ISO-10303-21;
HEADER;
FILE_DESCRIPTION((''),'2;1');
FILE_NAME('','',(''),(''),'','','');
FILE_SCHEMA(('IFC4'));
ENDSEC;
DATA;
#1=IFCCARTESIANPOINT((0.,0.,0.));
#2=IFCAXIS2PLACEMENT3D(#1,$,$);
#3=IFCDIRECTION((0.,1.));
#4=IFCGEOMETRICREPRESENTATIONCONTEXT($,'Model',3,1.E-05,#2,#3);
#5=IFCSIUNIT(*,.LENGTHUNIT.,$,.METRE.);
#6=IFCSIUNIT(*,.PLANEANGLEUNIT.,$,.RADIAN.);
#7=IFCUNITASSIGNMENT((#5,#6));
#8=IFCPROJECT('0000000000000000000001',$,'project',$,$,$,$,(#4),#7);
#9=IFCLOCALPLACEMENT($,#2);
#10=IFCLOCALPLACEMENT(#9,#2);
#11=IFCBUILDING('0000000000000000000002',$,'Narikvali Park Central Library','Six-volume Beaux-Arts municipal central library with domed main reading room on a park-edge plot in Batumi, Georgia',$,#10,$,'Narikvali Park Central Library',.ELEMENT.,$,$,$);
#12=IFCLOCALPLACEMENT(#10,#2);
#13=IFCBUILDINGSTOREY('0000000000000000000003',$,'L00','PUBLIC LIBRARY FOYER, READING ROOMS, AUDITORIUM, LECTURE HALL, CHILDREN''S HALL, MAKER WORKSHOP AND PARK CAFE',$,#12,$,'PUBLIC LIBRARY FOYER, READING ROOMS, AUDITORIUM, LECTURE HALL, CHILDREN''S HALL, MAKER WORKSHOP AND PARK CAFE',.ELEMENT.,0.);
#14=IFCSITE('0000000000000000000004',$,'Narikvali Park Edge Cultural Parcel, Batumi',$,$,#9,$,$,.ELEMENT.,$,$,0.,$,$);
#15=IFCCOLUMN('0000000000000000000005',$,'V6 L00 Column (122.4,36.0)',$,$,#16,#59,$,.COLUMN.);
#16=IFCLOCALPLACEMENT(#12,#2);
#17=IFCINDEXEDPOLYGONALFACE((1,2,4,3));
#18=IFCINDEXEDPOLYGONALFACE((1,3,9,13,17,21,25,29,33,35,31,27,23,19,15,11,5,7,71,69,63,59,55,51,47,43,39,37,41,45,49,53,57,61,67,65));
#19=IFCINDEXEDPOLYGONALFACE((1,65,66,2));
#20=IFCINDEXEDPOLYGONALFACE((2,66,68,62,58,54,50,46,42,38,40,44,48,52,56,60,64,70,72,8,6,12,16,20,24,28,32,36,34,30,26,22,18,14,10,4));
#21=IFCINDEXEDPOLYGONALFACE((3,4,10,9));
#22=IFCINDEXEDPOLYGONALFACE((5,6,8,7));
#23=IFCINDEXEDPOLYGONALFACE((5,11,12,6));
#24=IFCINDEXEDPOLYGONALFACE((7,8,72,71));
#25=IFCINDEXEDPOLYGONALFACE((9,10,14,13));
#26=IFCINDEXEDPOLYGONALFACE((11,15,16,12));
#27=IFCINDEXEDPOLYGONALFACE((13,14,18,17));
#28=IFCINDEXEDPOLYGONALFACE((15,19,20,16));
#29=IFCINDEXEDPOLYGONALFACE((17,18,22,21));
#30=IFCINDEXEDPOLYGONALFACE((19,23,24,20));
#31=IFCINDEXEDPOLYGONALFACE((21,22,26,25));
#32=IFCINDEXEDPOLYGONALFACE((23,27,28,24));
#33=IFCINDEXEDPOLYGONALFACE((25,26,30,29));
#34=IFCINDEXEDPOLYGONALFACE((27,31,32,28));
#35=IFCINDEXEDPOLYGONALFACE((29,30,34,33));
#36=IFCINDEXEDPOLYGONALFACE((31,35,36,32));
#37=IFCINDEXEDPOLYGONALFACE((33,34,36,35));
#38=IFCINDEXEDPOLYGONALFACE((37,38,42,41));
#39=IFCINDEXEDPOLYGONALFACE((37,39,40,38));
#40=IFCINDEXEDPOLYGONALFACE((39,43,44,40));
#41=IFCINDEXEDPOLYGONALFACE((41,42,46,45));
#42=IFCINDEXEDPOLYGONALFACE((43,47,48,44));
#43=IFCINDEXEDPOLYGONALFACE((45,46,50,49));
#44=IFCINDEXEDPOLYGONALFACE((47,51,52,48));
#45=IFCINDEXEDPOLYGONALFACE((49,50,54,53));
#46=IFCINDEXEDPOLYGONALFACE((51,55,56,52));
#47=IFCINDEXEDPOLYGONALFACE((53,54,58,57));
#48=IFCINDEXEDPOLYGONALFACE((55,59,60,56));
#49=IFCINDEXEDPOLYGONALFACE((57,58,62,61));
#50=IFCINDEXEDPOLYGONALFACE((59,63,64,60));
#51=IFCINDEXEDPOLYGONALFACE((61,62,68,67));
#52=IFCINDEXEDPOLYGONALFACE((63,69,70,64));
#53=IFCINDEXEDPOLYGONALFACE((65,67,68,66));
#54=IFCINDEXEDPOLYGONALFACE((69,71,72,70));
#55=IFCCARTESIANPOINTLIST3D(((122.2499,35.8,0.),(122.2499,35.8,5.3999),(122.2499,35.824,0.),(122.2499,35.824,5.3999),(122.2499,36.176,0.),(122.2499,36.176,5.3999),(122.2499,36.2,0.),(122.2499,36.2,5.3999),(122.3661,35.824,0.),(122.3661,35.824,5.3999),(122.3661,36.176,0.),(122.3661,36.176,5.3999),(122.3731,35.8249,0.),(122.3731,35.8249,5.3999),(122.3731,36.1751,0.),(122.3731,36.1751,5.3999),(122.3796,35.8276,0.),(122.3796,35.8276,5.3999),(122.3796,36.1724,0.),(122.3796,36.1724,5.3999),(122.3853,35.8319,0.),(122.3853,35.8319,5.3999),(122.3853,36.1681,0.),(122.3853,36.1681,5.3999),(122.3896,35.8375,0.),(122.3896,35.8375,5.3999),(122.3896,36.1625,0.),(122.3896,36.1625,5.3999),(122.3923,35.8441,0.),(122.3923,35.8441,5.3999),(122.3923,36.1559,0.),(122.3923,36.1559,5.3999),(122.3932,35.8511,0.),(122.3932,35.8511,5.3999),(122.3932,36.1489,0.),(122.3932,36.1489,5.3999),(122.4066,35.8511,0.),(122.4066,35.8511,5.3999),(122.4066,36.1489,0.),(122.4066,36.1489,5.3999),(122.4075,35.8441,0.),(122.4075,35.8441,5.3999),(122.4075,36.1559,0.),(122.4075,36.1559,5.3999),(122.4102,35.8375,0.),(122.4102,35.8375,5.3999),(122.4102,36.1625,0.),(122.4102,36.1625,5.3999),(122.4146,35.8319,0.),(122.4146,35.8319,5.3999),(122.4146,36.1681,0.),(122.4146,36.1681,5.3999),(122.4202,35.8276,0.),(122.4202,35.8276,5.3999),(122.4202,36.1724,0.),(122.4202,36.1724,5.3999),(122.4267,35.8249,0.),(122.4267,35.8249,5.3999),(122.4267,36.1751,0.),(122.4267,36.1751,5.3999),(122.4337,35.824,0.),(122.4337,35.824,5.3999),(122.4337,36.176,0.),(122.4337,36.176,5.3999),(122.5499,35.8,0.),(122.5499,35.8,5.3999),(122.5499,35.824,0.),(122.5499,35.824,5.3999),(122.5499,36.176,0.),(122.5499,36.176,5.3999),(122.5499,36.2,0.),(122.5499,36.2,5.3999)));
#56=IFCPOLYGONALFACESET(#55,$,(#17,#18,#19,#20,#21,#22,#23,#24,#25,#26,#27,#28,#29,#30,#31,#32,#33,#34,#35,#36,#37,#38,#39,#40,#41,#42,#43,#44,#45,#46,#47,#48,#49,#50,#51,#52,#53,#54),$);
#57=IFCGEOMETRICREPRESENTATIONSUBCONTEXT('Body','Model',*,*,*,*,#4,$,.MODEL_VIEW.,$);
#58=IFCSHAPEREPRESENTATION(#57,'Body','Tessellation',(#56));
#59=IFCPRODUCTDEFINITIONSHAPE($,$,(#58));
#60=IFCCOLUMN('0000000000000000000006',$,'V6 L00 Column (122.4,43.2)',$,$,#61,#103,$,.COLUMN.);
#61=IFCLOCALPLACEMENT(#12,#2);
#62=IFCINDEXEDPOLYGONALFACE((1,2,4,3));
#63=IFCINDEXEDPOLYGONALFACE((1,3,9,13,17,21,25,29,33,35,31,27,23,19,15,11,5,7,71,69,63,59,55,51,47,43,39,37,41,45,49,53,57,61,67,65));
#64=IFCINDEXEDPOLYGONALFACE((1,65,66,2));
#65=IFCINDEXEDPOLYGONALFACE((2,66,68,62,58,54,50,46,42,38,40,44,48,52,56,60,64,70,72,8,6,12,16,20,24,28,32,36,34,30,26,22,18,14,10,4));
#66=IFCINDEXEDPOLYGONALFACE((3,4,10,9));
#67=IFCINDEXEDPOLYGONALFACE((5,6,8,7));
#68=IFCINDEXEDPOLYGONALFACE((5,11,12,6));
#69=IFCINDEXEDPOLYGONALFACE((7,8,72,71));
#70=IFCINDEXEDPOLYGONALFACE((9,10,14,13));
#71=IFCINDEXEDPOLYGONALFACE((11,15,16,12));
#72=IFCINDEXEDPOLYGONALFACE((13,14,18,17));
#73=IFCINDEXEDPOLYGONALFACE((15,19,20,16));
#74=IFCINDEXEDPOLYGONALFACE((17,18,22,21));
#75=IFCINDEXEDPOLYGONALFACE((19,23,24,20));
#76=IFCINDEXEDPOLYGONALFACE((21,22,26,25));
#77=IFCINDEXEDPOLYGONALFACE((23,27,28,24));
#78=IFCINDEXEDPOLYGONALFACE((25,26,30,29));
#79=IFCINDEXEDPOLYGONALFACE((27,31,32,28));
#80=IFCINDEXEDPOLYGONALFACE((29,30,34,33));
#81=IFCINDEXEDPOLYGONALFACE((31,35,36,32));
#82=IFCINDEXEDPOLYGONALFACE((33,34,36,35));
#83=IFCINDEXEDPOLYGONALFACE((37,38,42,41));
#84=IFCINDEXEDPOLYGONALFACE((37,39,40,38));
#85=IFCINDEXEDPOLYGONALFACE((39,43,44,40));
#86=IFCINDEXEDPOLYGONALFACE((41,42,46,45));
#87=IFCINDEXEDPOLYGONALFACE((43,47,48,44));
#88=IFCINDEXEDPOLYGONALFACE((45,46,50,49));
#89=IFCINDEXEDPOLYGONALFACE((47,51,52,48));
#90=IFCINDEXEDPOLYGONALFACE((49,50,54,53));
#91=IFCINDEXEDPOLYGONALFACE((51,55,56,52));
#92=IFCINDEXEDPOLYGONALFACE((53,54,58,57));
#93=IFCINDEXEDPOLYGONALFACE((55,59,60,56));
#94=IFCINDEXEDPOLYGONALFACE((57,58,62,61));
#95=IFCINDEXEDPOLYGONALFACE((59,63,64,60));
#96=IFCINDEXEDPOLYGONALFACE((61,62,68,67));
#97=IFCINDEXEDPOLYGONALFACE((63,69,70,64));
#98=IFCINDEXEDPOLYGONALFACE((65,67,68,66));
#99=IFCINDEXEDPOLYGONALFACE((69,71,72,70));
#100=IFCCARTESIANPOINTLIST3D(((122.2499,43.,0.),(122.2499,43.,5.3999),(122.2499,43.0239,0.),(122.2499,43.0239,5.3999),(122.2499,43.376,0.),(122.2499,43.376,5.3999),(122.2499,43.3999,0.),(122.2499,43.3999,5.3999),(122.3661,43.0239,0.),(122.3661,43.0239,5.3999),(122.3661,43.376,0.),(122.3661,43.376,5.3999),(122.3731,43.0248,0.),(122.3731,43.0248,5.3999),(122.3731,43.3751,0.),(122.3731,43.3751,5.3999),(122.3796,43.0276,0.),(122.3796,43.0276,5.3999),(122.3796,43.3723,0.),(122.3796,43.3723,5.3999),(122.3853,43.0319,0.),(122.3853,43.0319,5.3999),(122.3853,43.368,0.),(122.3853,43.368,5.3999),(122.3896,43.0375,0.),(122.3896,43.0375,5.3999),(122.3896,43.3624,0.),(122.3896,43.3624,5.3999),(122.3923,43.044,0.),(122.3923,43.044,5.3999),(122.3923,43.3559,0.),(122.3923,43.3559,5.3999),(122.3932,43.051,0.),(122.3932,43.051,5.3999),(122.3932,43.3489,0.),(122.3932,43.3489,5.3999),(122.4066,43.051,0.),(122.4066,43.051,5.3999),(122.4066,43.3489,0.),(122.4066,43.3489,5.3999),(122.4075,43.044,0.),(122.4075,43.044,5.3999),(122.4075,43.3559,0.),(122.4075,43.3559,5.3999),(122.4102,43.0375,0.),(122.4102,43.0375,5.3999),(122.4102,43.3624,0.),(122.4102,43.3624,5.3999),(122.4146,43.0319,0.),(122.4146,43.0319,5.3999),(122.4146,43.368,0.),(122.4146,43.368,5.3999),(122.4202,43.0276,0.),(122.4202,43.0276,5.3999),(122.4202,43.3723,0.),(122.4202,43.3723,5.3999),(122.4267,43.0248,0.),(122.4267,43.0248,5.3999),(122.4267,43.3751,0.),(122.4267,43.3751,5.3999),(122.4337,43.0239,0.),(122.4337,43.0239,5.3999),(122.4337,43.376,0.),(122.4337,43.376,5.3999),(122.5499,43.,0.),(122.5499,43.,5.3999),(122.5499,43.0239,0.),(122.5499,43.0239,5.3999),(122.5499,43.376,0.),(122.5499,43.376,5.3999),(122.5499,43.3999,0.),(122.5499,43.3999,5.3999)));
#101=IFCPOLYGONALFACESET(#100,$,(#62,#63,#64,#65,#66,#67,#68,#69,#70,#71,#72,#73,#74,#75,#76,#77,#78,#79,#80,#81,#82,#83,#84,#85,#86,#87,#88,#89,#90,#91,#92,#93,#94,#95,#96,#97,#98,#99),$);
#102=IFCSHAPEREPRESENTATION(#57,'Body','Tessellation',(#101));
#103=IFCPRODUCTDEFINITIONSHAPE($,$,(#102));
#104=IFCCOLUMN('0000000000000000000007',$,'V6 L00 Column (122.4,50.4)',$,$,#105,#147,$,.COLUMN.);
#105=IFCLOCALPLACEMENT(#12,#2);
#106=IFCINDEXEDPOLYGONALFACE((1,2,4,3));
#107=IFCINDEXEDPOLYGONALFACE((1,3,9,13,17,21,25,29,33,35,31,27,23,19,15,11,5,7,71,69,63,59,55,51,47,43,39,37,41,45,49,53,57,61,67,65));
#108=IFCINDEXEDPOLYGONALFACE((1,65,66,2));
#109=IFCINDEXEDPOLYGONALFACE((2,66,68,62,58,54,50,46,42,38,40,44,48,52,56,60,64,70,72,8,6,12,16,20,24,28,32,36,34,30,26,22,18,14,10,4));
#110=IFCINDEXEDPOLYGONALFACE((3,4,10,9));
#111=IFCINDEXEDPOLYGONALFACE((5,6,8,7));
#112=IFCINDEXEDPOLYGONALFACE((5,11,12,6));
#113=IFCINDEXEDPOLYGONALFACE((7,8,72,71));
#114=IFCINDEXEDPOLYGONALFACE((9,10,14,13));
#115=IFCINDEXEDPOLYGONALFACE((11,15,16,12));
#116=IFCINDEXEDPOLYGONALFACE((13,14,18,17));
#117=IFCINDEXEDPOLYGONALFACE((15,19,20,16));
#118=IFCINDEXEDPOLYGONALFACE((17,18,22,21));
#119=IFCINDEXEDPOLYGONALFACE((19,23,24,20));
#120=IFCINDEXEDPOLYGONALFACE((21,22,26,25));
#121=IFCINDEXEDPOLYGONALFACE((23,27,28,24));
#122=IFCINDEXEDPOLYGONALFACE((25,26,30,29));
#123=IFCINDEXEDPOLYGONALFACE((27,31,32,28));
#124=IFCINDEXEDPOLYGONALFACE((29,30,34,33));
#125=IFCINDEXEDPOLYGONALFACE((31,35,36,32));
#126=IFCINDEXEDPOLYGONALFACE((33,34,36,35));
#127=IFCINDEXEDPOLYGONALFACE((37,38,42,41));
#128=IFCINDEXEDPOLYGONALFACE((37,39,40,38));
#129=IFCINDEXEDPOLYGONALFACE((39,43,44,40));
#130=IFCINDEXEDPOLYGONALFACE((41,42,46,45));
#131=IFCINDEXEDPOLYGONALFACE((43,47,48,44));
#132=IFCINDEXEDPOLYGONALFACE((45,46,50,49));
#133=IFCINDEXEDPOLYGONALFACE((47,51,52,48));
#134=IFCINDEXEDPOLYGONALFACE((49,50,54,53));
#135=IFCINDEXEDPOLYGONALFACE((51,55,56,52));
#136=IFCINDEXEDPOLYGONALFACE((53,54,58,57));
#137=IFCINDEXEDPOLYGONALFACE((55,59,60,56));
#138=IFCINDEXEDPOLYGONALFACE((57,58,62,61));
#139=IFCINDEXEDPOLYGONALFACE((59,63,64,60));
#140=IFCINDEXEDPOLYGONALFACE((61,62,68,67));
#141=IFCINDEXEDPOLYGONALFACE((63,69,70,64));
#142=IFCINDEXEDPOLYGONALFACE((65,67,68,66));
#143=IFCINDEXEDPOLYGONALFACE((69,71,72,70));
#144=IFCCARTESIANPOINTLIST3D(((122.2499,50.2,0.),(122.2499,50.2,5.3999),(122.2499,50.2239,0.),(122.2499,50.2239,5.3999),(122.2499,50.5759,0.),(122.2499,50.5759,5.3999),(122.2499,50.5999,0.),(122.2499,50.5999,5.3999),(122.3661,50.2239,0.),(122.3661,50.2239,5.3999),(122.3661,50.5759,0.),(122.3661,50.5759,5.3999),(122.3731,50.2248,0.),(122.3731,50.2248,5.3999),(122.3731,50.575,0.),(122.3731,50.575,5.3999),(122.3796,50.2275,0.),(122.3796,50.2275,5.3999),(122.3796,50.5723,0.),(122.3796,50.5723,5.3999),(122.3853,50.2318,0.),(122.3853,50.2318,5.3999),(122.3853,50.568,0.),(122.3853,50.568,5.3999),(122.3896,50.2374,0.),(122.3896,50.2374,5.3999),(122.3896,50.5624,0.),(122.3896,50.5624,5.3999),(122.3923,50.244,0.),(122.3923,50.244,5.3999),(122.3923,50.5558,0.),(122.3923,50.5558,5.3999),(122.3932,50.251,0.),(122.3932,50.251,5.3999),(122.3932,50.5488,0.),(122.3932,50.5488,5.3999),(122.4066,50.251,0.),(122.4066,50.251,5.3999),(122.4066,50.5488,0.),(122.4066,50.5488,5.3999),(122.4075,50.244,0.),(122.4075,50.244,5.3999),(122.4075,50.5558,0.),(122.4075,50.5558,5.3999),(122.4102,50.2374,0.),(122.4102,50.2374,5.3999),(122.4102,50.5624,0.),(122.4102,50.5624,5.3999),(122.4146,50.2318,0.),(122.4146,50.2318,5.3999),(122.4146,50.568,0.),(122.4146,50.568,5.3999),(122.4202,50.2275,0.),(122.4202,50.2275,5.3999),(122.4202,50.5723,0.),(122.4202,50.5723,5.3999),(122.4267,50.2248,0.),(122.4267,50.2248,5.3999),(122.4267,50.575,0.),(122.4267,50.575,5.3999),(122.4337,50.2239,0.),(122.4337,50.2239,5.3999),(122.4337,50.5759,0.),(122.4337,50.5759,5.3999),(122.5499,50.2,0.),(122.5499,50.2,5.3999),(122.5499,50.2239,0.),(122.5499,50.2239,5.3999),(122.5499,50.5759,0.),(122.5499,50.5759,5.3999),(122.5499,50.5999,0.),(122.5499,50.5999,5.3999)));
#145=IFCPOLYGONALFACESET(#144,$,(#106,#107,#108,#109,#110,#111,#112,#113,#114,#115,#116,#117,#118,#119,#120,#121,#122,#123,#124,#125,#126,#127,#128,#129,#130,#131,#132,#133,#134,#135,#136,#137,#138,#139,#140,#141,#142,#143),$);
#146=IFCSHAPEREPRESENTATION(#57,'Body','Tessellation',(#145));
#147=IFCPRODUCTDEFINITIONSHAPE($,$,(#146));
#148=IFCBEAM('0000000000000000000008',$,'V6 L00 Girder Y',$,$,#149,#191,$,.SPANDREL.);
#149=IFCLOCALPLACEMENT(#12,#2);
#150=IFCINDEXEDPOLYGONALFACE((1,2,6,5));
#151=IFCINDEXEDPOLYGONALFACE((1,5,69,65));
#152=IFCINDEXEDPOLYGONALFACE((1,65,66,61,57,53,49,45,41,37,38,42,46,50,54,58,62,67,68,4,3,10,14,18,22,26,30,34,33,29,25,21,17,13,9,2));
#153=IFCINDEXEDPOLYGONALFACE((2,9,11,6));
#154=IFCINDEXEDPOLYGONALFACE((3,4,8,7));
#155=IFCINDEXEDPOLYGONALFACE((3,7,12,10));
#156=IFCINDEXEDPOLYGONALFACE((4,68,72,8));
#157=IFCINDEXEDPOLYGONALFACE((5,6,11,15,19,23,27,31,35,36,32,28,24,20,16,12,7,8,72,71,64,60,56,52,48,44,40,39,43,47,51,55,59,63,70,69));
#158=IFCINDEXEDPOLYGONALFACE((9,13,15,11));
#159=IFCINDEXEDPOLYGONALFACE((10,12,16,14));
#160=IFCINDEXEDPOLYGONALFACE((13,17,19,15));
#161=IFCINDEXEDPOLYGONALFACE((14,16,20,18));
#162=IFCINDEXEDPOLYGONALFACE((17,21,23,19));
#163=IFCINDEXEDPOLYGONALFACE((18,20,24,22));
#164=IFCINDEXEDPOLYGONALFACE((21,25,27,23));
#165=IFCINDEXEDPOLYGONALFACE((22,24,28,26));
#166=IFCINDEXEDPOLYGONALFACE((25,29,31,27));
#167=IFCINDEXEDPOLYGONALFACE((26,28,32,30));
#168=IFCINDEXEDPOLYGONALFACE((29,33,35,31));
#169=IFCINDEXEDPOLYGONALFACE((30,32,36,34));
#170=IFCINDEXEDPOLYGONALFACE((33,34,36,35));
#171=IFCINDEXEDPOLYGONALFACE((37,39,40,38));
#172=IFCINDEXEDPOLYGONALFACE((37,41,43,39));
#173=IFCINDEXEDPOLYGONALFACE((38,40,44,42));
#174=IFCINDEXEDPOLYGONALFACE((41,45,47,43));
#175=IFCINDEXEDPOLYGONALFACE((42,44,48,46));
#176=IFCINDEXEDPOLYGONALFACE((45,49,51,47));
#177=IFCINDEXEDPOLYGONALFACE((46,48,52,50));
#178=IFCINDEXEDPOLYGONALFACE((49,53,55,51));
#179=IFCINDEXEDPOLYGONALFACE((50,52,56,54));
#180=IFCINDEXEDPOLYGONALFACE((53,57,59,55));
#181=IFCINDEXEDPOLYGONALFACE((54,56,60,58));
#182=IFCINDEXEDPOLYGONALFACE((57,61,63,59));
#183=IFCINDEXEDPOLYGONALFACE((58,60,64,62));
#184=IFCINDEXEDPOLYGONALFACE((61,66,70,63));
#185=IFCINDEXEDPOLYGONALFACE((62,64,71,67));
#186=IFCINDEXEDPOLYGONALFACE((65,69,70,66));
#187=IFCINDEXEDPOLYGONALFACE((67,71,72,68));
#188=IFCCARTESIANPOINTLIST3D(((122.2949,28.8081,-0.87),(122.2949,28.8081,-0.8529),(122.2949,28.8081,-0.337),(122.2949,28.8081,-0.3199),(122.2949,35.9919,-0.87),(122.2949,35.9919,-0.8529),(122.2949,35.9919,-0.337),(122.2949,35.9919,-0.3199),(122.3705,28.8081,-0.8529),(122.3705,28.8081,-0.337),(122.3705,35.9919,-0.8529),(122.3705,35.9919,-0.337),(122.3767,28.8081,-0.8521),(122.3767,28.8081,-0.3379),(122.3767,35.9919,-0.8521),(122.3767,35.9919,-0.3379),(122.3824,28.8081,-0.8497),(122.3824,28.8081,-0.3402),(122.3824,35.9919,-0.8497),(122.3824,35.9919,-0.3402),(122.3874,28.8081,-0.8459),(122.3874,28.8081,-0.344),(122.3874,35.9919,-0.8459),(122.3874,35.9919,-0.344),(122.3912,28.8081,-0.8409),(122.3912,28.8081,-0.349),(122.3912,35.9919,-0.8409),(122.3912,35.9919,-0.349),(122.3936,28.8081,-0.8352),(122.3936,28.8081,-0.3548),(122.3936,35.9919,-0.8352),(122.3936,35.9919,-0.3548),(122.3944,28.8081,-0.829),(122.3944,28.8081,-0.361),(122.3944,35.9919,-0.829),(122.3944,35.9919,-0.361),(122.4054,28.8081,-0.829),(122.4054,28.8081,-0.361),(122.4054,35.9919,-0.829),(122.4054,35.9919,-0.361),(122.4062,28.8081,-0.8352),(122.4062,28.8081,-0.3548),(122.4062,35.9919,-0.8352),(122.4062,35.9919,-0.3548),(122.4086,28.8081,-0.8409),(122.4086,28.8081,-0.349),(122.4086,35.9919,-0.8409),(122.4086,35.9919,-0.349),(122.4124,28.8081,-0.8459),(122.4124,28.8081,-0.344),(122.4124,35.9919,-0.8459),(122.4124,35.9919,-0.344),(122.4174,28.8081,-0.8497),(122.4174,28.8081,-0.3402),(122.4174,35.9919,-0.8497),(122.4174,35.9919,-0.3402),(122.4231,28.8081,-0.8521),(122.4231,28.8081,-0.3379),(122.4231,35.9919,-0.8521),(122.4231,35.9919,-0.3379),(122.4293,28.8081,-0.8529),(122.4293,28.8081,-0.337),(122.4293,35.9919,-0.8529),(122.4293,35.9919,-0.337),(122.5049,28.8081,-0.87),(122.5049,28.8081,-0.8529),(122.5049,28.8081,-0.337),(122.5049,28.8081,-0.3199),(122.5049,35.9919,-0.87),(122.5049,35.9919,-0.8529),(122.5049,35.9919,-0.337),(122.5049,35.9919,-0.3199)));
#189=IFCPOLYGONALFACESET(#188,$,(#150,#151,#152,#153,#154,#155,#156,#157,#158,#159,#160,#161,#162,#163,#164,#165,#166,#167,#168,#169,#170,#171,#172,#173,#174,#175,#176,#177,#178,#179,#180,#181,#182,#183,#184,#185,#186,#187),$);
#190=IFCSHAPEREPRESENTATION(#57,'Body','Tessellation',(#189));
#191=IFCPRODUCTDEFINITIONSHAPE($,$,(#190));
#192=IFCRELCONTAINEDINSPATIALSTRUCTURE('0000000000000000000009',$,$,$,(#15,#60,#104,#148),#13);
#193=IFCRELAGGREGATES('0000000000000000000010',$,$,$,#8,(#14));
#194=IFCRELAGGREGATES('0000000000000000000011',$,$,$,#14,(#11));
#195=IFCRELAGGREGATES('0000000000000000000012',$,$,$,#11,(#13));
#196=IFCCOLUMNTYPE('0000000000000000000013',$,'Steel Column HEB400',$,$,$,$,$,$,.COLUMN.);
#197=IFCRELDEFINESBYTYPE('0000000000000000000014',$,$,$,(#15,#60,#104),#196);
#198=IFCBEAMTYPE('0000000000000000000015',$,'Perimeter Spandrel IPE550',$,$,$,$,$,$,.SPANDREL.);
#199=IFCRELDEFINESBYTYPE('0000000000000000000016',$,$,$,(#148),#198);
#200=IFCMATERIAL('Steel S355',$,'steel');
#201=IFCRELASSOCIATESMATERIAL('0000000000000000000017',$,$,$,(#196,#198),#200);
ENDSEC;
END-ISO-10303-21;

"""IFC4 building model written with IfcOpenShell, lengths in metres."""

from ifc_helpers import new_model, si_unit, direction, frame, origin, origin_2d, place, context, subcontext, project, spatial, i_section, extrude, material, material_profile, profile_set, type_object, element, save


model = new_model("IFC4")

# Units and contexts
model_context = context("Model", 3, precision=1e-05, world=origin(), true_north=direction((0.0, 1.0)))
body_context = subcontext(model_context, "Body", "Model", "MODEL_VIEW")
ifc_project = project(units=[si_unit("LENGTHUNIT", "METRE"), si_unit("PLANEANGLEUNIT", "RADIAN")], contexts=[model_context])

# Site, building, storey
site_placement = place(None, origin())
site = spatial("IfcSite", under=ifc_project, at=site_placement, Name="Narikvali Park Edge Cultural Parcel, Batumi", CompositionType="ELEMENT", RefElevation=0.0)
building_placement = place(site_placement, origin())
building = spatial("IfcBuilding", under=site, at=building_placement, Name="Narikvali Park Central Library", Description="Six-volume Beaux-Arts municipal central library with domed main reading room on a park-edge plot in Batumi, Georgia", LongName="Narikvali Park Central Library", CompositionType="ELEMENT")
storey_placement = place(building_placement, origin())
storey = spatial("IfcBuildingStorey", under=building, at=storey_placement, Name="L00", Description="PUBLIC LIBRARY FOYER, READING ROOMS, AUDITORIUM, LECTURE HALL, CHILDREN'S HALL, MAKER WORKSHOP AND PARK CAFE", LongName="PUBLIC LIBRARY FOYER, READING ROOMS, AUDITORIUM, LECTURE HALL, CHILDREN'S HALL, MAKER WORKSHOP AND PARK CAFE", CompositionType="ELEMENT", Elevation=0.0)

# Columns
ifc_material_1 = material(Name="Steel S355", Category="steel")
ifc_material_profile_1 = material_profile(ifc_material_1, i_section(OverallWidth=0.3, OverallDepth=0.3999, WebThickness=0.0134, FlangeThickness=0.0239, FilletRadius=0.0271, at=origin_2d()), Name="HEB 400")
ifc_profile_set_1 = profile_set([ifc_material_profile_1], Name="Steel S355")
column_type = type_object("IfcColumnType", Name="Steel Column HEB400", PredefinedType="COLUMN", material=ifc_profile_set_1)
for number, where, z_axis, x_axis, name in (
    (1, (122.3999, 36.0, 0.0), (0.0, 0.0, 1.0), (1.0, 0.0, 0.0), "V6 L00 Column (122.4,36.0)"),
    (2, (122.3999, 43.2, 0.0), (0.0, 0.0, 1.0), (1.0, 0.0, 0.0), "V6 L00 Column (122.4,43.2)"),
    (3, (122.3999, 50.3999, 0.0), (0.0, 0.0, 1.0), (1.0, 0.0, 0.0), "V6 L00 Column (122.4,50.4)"),
):
    element("IfcColumn", number, at=place(storey_placement, frame(where, z_axis=z_axis, x_axis=x_axis)), inside=storey, type_object=column_type, Name=name, PredefinedType="COLUMN", context=body_context, shape_type="SweptSolid", body=[
        extrude(i_section(OverallWidth=0.3, OverallDepth=0.3999, WebThickness=0.0134, FlangeThickness=0.0239, FilletRadius=0.0271, at=origin_2d()), origin(), (0.0, 0.0, 1.0), 5.3999),
    ])

# Beam
ifc_material_profile_2 = material_profile(ifc_material_1, i_section(OverallWidth=0.21, OverallDepth=0.55, WebThickness=0.011, FlangeThickness=0.0171, FilletRadius=0.0239, at=origin_2d()), Name="IPE 550")
ifc_profile_set_2 = profile_set([ifc_material_profile_2], Name="Steel S355")
beam_type = type_object("IfcBeamType", Name="Perimeter Spandrel IPE550", PredefinedType="SPANDREL", material=ifc_profile_set_2)
for number, where, z_axis, x_axis, name in (
    (4, (122.3999, 28.8081, -0.595), (0.0, 1.0, 0.0), (-1.0, 0.0, 0.0), "V6 L00 Girder Y"),
):
    element("IfcBeam", number, at=place(storey_placement, frame(where, z_axis=z_axis, x_axis=x_axis)), inside=storey, type_object=beam_type, Name=name, PredefinedType="SPANDREL", context=body_context, shape_type="SweptSolid", body=[
        extrude(i_section(OverallWidth=0.21, OverallDepth=0.55, WebThickness=0.011, FlangeThickness=0.0171, FilletRadius=0.0239, at=origin_2d()), origin(), (0.0, 0.0, 1.0), 7.1838),
    ])

save(model, "model.ifc")
